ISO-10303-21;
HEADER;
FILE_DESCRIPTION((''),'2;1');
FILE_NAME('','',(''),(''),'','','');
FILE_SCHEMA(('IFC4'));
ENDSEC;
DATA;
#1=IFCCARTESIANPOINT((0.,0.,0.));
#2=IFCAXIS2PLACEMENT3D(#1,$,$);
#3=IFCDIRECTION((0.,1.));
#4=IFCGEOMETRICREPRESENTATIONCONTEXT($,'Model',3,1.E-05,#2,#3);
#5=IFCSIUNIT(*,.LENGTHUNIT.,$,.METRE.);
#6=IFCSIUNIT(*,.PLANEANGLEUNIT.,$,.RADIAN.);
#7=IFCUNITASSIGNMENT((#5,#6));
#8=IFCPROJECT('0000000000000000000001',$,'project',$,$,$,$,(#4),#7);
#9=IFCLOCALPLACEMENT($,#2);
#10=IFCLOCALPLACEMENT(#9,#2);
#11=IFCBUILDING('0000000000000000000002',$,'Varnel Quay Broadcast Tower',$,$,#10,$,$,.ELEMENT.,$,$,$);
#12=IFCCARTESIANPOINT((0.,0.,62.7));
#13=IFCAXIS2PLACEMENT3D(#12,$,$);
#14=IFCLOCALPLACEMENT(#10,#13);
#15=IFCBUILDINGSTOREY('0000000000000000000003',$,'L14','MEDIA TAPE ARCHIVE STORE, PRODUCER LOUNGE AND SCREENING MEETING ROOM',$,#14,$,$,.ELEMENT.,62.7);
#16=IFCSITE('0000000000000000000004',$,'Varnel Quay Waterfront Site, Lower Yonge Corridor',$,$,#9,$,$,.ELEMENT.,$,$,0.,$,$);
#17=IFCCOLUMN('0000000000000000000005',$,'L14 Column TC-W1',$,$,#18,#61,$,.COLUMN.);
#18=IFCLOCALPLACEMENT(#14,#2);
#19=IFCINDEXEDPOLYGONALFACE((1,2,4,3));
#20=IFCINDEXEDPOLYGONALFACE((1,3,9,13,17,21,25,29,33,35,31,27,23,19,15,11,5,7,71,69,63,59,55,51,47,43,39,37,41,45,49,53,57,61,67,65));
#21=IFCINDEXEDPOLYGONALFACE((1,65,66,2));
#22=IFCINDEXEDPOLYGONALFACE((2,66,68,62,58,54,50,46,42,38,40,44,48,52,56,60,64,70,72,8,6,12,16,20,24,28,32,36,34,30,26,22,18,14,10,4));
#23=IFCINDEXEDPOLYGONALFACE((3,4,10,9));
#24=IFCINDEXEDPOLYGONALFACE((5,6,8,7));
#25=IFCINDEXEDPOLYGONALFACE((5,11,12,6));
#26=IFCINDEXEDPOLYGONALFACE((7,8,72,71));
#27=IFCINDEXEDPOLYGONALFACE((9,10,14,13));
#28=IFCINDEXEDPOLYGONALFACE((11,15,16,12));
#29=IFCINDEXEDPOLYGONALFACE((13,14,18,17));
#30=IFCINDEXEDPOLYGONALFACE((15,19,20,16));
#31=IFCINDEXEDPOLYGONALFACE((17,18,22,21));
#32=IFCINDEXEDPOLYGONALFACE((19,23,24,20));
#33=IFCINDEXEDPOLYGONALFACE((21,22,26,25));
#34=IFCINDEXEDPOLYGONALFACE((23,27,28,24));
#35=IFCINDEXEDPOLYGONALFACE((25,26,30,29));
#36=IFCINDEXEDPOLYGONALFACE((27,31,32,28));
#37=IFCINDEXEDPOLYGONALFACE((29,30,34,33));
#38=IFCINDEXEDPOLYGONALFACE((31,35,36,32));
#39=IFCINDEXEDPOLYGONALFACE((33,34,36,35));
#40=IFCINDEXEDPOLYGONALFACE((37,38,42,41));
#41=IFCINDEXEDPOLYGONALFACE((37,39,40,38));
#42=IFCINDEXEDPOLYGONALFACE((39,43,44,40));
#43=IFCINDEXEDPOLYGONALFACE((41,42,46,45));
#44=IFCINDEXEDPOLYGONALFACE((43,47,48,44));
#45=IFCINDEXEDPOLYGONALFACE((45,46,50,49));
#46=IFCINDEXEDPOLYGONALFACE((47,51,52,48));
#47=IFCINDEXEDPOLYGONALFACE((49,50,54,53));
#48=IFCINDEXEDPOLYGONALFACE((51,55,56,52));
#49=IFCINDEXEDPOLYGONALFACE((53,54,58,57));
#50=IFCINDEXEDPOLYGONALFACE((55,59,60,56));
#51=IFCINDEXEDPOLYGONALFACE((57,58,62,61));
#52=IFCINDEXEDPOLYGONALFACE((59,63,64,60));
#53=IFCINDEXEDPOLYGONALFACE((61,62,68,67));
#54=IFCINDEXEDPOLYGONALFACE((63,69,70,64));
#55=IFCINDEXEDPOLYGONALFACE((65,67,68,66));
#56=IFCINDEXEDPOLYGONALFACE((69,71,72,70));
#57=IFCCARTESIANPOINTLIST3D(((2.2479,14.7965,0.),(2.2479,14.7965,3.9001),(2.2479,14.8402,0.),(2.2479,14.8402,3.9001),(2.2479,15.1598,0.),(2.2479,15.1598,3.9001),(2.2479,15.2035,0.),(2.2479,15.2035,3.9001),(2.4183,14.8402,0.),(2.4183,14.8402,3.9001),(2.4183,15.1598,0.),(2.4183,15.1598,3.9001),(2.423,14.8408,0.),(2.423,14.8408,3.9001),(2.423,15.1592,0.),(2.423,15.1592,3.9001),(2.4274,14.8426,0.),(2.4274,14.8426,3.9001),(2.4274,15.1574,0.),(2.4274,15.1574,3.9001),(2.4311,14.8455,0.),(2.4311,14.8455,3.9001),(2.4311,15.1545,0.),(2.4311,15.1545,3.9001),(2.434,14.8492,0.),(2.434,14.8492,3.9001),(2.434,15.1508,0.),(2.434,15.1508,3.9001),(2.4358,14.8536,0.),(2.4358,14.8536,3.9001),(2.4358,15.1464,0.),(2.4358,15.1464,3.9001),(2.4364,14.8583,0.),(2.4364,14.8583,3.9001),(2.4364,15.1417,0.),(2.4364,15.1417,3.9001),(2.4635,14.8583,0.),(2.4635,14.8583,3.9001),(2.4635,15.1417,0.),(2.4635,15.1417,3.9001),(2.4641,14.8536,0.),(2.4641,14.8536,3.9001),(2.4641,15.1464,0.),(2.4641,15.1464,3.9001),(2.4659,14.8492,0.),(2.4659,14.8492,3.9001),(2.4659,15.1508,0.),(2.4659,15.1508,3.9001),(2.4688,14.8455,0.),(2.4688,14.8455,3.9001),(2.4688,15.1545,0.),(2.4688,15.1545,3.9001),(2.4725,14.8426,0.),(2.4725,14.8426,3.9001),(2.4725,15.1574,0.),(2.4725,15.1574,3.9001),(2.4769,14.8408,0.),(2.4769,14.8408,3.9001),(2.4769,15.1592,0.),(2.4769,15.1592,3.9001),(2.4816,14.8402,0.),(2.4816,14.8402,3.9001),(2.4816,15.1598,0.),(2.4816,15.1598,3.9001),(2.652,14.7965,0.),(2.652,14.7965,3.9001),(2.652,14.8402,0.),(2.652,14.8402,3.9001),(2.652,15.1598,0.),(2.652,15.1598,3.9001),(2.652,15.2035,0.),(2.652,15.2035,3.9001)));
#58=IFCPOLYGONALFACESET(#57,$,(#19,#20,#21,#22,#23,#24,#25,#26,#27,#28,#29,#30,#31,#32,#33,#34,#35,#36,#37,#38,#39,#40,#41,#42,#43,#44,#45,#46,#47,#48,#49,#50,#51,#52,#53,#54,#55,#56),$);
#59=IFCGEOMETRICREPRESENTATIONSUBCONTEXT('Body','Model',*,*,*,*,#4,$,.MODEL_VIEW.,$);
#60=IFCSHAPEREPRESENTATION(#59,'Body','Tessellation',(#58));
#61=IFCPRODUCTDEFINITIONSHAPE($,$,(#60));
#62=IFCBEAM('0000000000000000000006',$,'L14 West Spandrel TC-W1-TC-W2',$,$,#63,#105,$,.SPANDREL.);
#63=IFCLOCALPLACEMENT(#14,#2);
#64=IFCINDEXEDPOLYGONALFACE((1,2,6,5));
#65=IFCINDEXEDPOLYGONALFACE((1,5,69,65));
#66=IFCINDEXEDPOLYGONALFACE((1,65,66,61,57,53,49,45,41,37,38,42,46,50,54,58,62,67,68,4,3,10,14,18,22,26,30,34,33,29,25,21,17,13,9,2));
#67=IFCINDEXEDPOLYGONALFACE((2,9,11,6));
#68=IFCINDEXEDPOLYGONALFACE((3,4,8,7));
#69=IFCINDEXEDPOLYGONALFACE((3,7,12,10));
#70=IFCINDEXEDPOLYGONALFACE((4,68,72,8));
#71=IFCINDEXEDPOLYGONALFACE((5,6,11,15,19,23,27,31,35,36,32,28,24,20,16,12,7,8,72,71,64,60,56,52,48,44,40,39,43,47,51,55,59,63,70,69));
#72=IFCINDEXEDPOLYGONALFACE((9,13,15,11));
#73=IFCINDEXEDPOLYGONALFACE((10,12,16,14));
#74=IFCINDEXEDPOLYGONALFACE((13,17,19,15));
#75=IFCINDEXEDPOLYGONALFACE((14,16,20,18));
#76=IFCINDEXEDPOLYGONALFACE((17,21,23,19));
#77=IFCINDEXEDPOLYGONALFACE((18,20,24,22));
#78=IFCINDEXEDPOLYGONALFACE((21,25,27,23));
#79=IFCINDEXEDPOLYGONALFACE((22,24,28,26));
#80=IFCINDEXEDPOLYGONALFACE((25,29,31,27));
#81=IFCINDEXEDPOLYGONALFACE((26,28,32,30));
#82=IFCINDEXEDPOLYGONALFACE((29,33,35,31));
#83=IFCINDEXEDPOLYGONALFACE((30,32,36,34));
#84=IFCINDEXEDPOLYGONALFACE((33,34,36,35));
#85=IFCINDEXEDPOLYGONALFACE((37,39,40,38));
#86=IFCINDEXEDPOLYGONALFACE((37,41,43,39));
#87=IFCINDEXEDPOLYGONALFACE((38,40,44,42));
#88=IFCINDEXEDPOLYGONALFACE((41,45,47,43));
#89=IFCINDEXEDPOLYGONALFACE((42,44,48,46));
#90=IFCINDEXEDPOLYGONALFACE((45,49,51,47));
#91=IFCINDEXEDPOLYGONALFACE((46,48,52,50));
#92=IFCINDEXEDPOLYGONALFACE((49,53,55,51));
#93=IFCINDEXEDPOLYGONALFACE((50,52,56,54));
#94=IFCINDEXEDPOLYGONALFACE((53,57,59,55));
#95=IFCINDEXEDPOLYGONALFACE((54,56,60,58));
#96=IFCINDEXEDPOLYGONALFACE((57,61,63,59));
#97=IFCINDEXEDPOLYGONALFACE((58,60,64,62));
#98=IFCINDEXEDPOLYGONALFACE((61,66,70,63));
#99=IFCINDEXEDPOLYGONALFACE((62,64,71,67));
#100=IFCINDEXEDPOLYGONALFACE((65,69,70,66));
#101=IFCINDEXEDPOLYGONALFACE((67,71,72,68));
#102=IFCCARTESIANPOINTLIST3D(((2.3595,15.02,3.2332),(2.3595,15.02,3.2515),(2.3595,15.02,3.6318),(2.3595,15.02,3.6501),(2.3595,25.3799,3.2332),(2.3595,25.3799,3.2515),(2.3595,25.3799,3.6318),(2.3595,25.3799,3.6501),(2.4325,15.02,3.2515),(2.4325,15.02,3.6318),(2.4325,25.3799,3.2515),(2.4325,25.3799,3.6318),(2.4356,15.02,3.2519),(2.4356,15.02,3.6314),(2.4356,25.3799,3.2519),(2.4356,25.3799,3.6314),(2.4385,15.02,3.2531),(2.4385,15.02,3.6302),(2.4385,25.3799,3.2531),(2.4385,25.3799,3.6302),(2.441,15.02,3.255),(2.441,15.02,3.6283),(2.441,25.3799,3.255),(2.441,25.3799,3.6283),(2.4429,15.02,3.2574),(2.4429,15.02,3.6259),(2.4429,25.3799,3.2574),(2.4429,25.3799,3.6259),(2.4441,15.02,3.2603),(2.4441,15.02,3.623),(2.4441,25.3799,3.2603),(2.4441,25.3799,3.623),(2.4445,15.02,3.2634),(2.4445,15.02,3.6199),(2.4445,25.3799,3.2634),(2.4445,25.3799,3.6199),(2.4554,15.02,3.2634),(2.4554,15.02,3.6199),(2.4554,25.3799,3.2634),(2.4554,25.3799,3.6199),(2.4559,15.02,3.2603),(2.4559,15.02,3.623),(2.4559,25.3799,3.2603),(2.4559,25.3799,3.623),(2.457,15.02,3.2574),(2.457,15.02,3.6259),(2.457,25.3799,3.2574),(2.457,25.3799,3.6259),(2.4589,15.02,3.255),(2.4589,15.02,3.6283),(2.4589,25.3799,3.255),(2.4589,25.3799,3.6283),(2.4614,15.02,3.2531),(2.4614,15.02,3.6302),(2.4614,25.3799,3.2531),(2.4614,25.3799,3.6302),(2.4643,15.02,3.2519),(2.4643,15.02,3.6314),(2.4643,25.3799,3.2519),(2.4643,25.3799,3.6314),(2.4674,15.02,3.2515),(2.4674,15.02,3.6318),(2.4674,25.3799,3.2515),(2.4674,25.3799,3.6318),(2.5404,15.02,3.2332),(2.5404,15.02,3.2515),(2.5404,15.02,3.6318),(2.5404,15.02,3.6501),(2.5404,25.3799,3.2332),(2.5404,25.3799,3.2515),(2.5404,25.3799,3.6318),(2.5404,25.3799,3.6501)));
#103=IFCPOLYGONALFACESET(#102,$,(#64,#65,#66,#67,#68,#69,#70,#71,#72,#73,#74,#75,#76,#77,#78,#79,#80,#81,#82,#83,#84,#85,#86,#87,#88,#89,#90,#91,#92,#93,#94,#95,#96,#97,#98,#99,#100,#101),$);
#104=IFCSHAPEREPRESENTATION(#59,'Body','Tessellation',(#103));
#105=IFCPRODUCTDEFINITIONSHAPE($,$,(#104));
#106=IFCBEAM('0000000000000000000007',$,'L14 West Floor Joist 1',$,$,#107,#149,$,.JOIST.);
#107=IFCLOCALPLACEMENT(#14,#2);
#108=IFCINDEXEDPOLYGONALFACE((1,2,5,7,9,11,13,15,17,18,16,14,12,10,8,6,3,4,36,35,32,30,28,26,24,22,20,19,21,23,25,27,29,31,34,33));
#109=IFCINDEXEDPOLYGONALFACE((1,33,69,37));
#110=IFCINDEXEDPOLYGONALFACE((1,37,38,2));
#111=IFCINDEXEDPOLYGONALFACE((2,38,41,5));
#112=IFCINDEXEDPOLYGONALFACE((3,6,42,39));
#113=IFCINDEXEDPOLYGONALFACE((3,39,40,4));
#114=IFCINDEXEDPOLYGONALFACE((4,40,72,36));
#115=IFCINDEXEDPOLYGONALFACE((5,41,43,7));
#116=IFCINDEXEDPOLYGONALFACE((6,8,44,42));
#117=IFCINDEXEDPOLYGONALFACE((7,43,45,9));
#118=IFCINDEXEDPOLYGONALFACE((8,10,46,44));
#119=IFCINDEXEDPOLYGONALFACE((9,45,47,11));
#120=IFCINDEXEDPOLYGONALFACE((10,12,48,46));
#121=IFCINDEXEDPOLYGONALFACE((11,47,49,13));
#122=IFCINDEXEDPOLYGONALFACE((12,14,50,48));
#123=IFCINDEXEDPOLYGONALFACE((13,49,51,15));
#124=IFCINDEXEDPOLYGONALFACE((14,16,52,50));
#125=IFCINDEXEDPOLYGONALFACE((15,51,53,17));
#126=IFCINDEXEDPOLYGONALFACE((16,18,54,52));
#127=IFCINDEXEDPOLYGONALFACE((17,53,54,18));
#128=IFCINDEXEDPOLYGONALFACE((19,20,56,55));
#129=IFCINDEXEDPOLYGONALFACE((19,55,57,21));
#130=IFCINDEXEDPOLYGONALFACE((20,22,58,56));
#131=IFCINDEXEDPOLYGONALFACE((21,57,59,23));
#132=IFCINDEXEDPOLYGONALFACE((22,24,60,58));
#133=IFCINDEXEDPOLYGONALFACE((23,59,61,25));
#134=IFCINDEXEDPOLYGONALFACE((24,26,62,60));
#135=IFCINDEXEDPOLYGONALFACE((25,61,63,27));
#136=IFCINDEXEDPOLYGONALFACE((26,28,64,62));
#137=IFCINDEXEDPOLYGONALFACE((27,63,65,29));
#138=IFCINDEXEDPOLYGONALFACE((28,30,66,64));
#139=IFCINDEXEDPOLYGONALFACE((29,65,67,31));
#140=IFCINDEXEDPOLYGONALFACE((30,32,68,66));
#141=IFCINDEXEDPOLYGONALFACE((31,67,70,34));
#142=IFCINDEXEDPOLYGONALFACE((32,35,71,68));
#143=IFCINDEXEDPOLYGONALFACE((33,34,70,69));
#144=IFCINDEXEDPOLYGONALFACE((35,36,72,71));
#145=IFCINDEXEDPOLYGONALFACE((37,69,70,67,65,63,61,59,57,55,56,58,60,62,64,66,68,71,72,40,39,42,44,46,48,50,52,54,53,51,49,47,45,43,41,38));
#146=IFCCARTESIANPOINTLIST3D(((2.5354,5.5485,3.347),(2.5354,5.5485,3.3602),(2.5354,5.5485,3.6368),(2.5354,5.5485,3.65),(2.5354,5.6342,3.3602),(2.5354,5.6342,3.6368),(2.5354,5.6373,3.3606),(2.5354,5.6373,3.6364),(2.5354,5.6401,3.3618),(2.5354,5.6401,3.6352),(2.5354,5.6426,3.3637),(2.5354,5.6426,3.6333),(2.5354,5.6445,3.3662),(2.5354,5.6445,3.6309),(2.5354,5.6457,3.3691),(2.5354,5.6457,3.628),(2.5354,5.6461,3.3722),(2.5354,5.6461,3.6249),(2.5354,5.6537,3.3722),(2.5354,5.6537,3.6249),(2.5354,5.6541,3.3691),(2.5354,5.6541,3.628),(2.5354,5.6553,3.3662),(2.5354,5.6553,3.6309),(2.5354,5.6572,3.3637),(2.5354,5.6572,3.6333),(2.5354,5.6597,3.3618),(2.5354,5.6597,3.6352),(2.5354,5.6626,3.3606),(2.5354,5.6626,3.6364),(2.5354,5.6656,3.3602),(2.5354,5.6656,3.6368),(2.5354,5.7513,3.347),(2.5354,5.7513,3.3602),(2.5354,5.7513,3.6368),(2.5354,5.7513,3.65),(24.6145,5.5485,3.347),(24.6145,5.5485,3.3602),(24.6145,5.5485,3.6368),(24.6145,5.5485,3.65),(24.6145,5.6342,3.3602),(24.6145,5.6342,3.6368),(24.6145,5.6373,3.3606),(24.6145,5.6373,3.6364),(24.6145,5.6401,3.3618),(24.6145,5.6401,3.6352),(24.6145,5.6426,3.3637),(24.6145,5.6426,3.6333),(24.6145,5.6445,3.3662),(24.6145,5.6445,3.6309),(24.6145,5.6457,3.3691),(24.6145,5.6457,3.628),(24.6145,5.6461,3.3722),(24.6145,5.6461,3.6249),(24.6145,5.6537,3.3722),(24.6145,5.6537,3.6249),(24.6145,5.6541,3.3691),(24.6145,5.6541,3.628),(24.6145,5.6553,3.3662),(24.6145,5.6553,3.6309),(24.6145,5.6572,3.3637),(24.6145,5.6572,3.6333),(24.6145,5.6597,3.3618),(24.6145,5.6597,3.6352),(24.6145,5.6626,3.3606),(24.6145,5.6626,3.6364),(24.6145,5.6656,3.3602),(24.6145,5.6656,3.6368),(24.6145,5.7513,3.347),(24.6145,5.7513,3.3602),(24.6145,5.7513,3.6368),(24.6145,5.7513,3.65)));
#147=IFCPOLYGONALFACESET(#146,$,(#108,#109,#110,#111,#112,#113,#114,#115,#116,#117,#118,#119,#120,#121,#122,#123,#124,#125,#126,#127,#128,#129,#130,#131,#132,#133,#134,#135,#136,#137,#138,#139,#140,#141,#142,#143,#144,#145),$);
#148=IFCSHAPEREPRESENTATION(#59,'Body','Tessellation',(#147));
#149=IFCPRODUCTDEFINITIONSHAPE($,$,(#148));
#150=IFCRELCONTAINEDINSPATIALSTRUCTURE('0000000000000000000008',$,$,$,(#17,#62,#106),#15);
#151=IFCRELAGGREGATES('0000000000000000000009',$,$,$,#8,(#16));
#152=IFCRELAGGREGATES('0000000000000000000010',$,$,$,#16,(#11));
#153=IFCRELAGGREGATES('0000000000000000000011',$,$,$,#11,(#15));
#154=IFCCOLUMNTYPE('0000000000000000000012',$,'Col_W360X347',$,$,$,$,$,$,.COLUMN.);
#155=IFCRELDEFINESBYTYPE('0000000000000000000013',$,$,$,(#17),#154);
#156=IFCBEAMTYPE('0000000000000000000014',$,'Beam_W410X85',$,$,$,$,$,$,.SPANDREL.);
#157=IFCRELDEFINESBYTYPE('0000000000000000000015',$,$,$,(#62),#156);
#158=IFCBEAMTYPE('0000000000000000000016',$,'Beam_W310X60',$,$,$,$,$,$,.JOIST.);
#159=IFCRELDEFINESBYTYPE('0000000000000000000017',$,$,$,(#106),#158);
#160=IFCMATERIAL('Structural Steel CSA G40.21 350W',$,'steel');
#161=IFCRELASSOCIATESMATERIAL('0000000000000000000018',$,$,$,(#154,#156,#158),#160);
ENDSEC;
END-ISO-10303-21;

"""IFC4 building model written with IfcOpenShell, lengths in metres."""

from ifc_helpers import new_model, si_unit, direction, frame, origin, origin_2d, place, context, subcontext, project, spatial, i_section, extrude, source, transform, mapped, material, material_profile, profile_set, type_object, type_shapes, element, save


model = new_model("IFC4")

# Units and contexts
model_context = context("Model", 3, precision=1e-05, world=origin(), true_north=direction((0.0, 1.0)))
body_context = subcontext(model_context, "Body", "Model", "MODEL_VIEW")
ifc_project = project(units=[si_unit("LENGTHUNIT", "METRE"), si_unit("PLANEANGLEUNIT", "RADIAN")], contexts=[model_context])

# Site, building, storey
site_placement = place(None, origin())
site = spatial("IfcSite", under=ifc_project, at=site_placement, Name="Varnel Quay Waterfront Site, Lower Yonge Corridor", CompositionType="ELEMENT", RefElevation=0.0)
building_placement = place(site_placement, origin())
building = spatial("IfcBuilding", under=site, at=building_placement, Name="Varnel Quay Broadcast Tower", CompositionType="ELEMENT")
storey_placement = place(building_placement, frame((0.0, 0.0, 62.7)))
storey = spatial("IfcBuildingStorey", under=building, at=storey_placement, Name="L14", Description="MEDIA TAPE ARCHIVE STORE, PRODUCER LOUNGE AND SCREENING MEETING ROOM", CompositionType="ELEMENT", Elevation=62.7)

# Column
ifc_material_1 = material(Name="Structural Steel CSA G40.21 350W", Category="steel")
ifc_material_profile_1 = material_profile(ifc_material_1, i_section(OverallWidth=0.4041, OverallDepth=0.407, WebThickness=0.0271, FlangeThickness=0.0437, FilletRadius=0.0181, at=origin_2d()), Name="W360X347")
ifc_profile_set_1 = profile_set([ifc_material_profile_1], Name="Structural Steel CSA G40.21 350W")
column_type = type_object("IfcColumnType", Name="Col_W360X347", PredefinedType="COLUMN", material=ifc_profile_set_1)
shared_shape_1 = source(origin(), body_context, "Body", "SweptSolid", [
    extrude(i_section(OverallWidth=0.4041, OverallDepth=0.407, WebThickness=0.0271, FlangeThickness=0.0437, FilletRadius=0.0181, at=origin_2d()), origin(), (0.0, 0.0, 1.0), 3.9001),
])
type_shapes(column_type, [shared_shape_1])
column_placement = place(storey_placement, frame((2.45, 15.0, 0.0), z_axis=(0.0, 0.0, 1.0), x_axis=(1.0, 0.0, 0.0)))
element("IfcColumn", 1, at=column_placement, inside=storey, type_object=column_type, Name="L14 Column TC-W1", PredefinedType="COLUMN", context=body_context, shape_type="MappedRepresentation", body=[
    mapped(shared_shape_1, transform((0.0, 0.0, 0.0), x_axis=(1.0, 0.0, 0.0), y_axis=(0.0, 1.0, 0.0), z_axis=(0.0, 0.0, 1.0), scale=1.0)),
])

# Beams
ifc_material_profile_2 = material_profile(ifc_material_1, i_section(OverallWidth=0.1809, OverallDepth=0.417, WebThickness=0.011, FlangeThickness=0.0183, FilletRadius=0.012, at=origin_2d()), Name="W410X85")
ifc_profile_set_2 = profile_set([ifc_material_profile_2], Name="Structural Steel CSA G40.21 350W")
beam_type_1 = type_object("IfcBeamType", Name="Beam_W410X85", PredefinedType="SPANDREL", material=ifc_profile_set_2)
shared_shape_2 = source(origin(), body_context, "Body", "SweptSolid", [
    extrude(i_section(OverallWidth=0.1809, OverallDepth=0.417, WebThickness=0.011, FlangeThickness=0.0183, FilletRadius=0.012, at=origin_2d()), origin(), (0.0, 0.0, 1.0), 10.3599),
])
type_shapes(beam_type_1, [shared_shape_2])
beam_1_placement = place(storey_placement, frame((2.45, 15.02, 3.4417), z_axis=(0.0, 1.0, 0.0), x_axis=(-1.0, 0.0, 0.0)))
element("IfcBeam", 2, at=beam_1_placement, inside=storey, type_object=beam_type_1, Name="L14 West Spandrel TC-W1-TC-W2", PredefinedType="SPANDREL", context=body_context, shape_type="MappedRepresentation", body=[
    mapped(shared_shape_2, transform((0.0, 0.0, 0.0), x_axis=(1.0, 0.0, 0.0), y_axis=(0.0, 1.0, 0.0), z_axis=(0.0, 0.0, 1.0), scale=1.0)),
])
ifc_material_profile_3 = material_profile(ifc_material_1, i_section(OverallWidth=0.2029, OverallDepth=0.303, WebThickness=0.0076, FlangeThickness=0.0132, FilletRadius=0.012, at=origin_2d()), Name="W310X60")
ifc_profile_set_3 = profile_set([ifc_material_profile_3], Name="Structural Steel CSA G40.21 350W")
beam_type_2 = type_object("IfcBeamType", Name="Beam_W310X60", PredefinedType="JOIST", material=ifc_profile_set_3)
shared_shape_3 = source(origin(), body_context, "Body", "SweptSolid", [
    extrude(i_section(OverallWidth=0.2029, OverallDepth=0.303, WebThickness=0.0076, FlangeThickness=0.0132, FilletRadius=0.012, at=origin_2d()), origin(), (0.0, 0.0, 1.0), 22.0791),
])
type_shapes(beam_type_2, [shared_shape_3])
beam_2_placement = place(storey_placement, frame((2.5354, 5.6499, 3.4985), z_axis=(1.0, 0.0, 0.0), x_axis=(0.0, 1.0, 0.0)))
element("IfcBeam", 3, at=beam_2_placement, inside=storey, type_object=beam_type_2, Name="L14 West Floor Joist 1", PredefinedType="JOIST", context=body_context, shape_type="MappedRepresentation", body=[
    mapped(shared_shape_3, transform((0.0, 0.0, 0.0), x_axis=(1.0, 0.0, 0.0), y_axis=(0.0, 1.0, 0.0), z_axis=(0.0, 0.0, 1.0), scale=1.0)),
])

save(model, "model.ifc")
